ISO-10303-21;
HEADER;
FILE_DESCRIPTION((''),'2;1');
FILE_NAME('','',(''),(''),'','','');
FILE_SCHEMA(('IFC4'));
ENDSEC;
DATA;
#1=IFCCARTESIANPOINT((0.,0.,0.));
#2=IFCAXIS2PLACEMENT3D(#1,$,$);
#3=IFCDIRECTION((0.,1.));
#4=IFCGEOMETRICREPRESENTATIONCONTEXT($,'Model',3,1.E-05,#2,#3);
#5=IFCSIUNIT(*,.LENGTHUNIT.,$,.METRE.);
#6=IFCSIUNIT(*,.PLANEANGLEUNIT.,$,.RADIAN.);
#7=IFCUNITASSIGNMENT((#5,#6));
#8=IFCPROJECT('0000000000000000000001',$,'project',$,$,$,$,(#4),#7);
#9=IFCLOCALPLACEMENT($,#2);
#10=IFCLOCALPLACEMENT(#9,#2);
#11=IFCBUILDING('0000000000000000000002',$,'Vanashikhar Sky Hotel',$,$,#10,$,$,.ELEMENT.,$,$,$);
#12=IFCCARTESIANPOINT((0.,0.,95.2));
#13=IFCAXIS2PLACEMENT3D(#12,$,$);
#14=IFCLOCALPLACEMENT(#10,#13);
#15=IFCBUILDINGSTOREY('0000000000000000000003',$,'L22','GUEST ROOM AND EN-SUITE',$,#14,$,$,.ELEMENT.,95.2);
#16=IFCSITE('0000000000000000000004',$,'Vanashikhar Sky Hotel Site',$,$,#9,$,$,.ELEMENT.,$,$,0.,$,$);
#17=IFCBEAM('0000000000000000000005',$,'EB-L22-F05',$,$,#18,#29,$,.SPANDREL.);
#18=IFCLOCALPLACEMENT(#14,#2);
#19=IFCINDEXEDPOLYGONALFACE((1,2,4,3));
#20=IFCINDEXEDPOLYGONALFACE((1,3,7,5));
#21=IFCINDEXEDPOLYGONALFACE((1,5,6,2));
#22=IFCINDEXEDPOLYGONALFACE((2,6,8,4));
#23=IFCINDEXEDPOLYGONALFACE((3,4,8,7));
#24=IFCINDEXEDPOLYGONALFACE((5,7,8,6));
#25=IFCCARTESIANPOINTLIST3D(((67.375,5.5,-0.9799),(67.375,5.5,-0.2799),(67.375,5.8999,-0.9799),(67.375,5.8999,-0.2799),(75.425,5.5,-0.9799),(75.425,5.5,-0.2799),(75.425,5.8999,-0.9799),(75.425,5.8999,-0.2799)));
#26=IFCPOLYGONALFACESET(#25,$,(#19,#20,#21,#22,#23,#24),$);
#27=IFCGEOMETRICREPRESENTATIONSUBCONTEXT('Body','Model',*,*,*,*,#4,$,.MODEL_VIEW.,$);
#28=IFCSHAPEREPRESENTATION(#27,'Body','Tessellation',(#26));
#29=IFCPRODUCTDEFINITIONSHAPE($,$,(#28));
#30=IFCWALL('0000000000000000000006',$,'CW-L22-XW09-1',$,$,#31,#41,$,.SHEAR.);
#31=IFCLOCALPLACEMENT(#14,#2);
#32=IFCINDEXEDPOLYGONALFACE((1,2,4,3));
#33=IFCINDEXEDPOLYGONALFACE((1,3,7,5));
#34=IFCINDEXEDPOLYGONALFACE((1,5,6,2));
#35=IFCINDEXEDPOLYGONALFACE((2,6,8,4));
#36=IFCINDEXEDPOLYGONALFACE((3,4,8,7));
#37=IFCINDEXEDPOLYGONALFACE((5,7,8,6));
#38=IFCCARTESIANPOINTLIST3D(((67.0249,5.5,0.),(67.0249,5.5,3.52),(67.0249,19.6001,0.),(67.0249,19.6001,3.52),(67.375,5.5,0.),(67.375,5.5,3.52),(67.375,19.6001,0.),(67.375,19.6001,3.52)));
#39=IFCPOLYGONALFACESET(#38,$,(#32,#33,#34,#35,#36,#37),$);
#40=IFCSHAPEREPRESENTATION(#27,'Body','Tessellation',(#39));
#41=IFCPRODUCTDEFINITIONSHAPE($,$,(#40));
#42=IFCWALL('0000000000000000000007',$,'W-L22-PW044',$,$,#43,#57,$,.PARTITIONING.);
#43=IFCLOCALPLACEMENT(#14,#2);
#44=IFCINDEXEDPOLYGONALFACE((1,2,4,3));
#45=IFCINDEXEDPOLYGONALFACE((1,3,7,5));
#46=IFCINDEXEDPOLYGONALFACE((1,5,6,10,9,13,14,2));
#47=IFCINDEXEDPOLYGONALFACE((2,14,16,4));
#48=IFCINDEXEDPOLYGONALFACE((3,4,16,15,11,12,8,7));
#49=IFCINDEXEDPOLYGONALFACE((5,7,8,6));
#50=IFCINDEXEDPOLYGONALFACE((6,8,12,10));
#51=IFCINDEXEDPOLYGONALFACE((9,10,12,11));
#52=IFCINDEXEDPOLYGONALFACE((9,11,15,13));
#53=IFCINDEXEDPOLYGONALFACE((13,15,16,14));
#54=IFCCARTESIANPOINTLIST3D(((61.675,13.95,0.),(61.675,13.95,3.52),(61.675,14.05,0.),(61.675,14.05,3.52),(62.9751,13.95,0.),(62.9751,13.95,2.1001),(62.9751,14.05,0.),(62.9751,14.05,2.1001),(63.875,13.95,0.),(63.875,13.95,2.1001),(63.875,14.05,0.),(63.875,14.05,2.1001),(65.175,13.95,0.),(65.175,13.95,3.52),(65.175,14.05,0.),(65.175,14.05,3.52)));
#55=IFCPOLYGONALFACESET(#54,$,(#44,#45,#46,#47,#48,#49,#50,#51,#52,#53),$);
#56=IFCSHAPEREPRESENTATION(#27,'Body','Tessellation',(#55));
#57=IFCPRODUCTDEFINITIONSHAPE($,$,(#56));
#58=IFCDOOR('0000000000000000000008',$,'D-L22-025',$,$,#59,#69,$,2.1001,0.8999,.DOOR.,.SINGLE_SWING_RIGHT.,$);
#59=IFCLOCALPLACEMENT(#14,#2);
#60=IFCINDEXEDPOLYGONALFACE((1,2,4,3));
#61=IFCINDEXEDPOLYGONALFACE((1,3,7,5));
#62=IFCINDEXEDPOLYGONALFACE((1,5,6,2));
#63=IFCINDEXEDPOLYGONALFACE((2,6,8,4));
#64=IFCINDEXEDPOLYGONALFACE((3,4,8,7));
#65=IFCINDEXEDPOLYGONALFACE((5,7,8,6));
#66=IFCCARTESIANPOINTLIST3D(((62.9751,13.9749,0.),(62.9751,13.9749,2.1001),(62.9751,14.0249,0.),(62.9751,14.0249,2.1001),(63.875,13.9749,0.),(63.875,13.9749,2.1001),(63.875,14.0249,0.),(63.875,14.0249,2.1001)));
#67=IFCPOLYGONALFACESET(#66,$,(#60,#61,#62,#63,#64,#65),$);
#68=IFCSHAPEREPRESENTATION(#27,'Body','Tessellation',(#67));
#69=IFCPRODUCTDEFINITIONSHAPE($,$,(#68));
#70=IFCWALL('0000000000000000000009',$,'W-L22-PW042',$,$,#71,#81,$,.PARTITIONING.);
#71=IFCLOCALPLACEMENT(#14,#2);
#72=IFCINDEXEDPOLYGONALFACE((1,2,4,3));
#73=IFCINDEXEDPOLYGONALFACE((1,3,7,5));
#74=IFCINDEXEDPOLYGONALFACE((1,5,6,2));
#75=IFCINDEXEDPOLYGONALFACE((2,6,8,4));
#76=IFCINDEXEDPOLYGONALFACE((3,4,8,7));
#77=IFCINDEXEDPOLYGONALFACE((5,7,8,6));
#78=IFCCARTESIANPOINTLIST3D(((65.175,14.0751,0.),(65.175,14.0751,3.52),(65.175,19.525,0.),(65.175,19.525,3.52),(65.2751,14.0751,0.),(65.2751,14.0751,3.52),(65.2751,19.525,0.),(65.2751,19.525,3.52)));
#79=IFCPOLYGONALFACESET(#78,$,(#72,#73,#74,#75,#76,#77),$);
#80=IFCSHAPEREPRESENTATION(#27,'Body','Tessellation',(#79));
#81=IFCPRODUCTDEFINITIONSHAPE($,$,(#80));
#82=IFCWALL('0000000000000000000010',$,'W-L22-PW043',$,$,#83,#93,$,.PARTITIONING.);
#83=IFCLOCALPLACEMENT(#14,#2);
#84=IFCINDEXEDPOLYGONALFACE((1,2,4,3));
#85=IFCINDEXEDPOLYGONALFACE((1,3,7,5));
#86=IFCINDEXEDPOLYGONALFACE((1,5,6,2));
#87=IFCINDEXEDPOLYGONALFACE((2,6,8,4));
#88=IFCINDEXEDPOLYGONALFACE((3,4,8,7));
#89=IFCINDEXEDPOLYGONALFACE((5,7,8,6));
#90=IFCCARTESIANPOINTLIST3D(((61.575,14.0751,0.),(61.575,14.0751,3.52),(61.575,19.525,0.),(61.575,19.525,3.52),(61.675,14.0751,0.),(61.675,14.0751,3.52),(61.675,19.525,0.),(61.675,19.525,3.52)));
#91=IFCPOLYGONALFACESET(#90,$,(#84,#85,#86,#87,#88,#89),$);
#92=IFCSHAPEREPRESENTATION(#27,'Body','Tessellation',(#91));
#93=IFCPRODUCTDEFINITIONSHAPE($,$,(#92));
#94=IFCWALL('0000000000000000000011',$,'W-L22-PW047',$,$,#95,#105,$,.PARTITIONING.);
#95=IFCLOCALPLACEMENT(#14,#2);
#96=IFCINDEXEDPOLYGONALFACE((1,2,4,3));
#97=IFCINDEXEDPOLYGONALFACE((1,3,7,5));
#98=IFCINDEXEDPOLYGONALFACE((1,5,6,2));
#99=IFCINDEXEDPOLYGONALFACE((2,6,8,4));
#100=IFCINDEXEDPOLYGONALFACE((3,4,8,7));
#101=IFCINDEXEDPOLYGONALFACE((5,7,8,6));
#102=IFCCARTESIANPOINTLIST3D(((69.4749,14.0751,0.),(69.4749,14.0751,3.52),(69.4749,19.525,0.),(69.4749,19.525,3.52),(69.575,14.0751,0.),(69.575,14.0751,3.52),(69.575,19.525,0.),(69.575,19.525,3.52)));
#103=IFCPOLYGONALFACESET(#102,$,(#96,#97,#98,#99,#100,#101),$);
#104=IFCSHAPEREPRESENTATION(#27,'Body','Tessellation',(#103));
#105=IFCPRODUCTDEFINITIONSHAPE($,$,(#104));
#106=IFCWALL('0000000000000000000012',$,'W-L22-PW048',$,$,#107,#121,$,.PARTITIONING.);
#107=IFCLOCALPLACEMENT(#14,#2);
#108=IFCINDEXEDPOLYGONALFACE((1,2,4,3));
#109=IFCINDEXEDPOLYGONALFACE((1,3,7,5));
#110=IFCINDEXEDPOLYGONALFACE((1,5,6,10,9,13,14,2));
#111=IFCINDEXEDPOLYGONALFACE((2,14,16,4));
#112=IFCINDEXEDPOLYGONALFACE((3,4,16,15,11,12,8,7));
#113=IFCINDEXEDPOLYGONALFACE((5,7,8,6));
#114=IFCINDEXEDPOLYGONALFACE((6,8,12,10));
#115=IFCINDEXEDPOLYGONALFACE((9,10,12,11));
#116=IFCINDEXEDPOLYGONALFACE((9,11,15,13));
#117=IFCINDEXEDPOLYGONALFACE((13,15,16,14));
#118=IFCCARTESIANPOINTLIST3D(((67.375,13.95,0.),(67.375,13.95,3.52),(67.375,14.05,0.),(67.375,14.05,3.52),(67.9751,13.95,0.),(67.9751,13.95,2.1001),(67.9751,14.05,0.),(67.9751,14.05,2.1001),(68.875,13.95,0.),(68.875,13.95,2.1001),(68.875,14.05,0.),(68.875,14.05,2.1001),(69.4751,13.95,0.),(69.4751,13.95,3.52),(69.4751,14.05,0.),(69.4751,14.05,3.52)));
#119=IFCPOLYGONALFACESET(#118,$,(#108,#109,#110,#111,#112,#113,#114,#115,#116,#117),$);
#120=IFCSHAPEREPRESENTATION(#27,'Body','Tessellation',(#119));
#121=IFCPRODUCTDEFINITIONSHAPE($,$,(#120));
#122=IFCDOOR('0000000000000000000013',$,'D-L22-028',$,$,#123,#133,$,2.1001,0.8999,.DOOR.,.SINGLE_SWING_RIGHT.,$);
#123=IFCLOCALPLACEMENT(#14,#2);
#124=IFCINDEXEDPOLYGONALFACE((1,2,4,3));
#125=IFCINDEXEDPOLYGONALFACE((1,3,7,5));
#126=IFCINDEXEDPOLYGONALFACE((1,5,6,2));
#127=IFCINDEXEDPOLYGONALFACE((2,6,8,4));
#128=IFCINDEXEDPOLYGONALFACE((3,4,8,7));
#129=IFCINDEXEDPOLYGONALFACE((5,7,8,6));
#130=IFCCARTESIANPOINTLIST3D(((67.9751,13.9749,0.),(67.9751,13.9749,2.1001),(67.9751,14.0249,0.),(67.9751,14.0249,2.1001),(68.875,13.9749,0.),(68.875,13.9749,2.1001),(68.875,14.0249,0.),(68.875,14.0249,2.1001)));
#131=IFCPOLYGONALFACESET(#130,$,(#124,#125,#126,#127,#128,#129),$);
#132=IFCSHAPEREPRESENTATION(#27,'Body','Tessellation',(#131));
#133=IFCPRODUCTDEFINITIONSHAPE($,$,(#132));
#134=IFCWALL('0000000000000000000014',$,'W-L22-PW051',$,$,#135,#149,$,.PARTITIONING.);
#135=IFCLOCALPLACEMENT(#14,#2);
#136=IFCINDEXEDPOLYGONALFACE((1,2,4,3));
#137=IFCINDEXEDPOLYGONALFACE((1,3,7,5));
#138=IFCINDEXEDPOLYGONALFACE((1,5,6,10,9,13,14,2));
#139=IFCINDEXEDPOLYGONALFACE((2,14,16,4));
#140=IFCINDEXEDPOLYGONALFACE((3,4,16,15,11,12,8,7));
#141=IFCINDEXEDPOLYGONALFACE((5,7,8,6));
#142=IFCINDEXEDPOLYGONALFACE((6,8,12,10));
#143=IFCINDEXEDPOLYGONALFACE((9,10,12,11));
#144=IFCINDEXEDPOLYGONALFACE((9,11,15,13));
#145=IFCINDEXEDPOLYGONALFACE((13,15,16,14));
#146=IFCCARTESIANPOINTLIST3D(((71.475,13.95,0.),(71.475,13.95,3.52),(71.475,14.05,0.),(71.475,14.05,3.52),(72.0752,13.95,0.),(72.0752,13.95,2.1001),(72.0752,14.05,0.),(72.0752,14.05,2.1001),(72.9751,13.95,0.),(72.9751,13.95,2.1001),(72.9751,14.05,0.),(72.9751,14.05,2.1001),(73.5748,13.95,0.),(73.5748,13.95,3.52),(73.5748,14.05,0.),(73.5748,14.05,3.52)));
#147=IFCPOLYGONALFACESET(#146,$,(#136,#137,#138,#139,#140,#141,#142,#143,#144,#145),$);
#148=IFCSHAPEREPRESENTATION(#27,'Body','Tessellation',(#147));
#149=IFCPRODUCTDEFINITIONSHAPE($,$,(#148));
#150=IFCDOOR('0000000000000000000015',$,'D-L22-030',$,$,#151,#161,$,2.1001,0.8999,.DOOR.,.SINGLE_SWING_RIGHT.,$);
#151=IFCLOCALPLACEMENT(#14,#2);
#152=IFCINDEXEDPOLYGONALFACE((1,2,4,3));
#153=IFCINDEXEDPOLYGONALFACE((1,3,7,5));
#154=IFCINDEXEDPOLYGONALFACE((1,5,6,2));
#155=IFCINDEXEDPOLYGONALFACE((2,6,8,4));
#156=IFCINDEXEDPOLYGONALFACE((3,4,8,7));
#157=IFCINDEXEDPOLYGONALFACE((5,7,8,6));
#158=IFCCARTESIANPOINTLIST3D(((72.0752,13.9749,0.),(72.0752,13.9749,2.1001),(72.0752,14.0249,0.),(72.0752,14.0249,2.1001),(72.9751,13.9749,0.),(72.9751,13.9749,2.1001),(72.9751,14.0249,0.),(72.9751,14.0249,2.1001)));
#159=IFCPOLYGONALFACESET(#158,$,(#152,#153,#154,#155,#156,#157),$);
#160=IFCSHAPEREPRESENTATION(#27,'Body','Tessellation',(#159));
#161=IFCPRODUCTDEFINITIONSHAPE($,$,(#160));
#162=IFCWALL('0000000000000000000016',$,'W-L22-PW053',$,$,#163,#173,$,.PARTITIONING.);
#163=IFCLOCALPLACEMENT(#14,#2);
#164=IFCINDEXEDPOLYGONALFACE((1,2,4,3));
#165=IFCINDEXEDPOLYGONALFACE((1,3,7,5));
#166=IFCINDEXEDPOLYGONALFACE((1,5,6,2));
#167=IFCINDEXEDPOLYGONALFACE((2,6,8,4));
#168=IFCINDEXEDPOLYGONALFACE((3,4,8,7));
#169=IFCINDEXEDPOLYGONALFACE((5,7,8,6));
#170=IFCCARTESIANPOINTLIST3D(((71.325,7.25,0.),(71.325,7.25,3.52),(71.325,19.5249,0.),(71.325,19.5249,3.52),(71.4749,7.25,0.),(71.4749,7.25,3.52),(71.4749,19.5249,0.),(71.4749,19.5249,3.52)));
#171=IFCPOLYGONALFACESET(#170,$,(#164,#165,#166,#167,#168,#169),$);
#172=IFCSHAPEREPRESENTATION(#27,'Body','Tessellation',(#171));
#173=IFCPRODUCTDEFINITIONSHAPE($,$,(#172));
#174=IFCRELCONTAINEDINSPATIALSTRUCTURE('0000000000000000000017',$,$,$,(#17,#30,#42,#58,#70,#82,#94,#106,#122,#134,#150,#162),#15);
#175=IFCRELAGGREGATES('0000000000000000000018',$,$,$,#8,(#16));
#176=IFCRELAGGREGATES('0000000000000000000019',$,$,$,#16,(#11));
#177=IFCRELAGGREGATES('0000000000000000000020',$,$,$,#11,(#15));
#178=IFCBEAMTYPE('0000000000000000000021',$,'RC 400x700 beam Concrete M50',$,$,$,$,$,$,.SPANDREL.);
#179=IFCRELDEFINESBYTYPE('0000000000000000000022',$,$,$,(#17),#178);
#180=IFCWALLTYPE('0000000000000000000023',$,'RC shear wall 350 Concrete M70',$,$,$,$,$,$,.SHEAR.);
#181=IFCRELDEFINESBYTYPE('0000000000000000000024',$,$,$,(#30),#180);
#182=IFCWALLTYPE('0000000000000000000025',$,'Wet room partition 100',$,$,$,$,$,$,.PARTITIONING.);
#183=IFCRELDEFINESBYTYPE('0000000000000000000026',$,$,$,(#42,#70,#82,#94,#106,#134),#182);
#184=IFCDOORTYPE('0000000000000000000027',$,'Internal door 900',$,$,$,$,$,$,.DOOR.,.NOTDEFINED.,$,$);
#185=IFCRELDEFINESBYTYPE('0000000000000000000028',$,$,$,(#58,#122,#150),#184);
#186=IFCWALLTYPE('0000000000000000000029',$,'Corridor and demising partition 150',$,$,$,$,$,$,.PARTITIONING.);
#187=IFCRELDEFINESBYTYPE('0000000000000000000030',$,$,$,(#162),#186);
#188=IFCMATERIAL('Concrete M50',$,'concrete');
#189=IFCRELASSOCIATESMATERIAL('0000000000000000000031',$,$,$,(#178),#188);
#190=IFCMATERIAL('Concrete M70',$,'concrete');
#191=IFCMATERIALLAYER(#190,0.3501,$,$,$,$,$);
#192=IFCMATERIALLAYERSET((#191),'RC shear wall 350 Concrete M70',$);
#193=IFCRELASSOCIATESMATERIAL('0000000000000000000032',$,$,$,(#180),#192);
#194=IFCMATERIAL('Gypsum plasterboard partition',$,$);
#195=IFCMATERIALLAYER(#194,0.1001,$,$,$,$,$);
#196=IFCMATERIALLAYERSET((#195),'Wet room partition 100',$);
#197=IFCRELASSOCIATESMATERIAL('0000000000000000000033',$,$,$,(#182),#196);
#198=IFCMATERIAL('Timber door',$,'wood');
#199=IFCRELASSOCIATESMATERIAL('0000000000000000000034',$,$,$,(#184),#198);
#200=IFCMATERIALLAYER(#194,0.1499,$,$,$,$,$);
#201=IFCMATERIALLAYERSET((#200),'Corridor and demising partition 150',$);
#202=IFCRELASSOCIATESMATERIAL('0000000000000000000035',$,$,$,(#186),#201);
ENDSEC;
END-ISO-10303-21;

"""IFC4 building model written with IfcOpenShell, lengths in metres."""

from ifc_helpers import new_model, si_unit, direction, frame, frame_2d, origin, origin_2d, place, context, subcontext, project, spatial, rectangle, extrude, source, transform, mapped, material, layer, layer_set, material_profile, profile_set, type_object, element, fill, save


model = new_model("IFC4")

# Units and contexts
model_context = context("Model", 3, precision=1e-05, world=origin(), true_north=direction((0.0, 1.0)))
body_context = subcontext(model_context, "Body", "Model", "MODEL_VIEW")
ifc_project = project(units=[si_unit("LENGTHUNIT", "METRE"), si_unit("PLANEANGLEUNIT", "RADIAN")], contexts=[model_context])

# Site, building, storey
site_placement = place(None, origin())
site = spatial("IfcSite", under=ifc_project, at=site_placement, Name="Vanashikhar Sky Hotel Site", CompositionType="ELEMENT", RefElevation=0.0)
building_placement = place(site_placement, origin())
building = spatial("IfcBuilding", under=site, at=building_placement, Name="Vanashikhar Sky Hotel", CompositionType="ELEMENT")
storey_placement = place(building_placement, frame((0.0, 0.0, 95.2)))
storey = spatial("IfcBuildingStorey", under=building, at=storey_placement, Name="L22", Description="GUEST ROOM AND EN-SUITE", CompositionType="ELEMENT", Elevation=95.2)

# Beam
ifc_material_1 = material(Name="Concrete M50", Category="concrete")
ifc_material_profile = material_profile(ifc_material_1, rectangle(XDim=0.3999, YDim=0.7, at=origin_2d()))
ifc_profile_set = profile_set([ifc_material_profile], Name="RC 400x700 beam Concrete M50")
beam_type = type_object("IfcBeamType", Name="RC 400x700 beam Concrete M50", PredefinedType="SPANDREL", material=ifc_profile_set)
shared_shape_1 = source(origin(), body_context, "Body", "SweptSolid", [
    extrude(rectangle(XDim=0.3999, YDim=0.7, at=origin_2d()), origin(), (0.0, 0.0, 1.0), 8.05),
])
beam_placement = place(storey_placement, frame((67.375, 5.7, -0.6299), z_axis=(1.0, 0.0, 0.0), x_axis=(0.0, 1.0, 0.0)))
element("IfcBeam", 1, at=beam_placement, inside=storey, type_object=beam_type, Name="EB-L22-F05", PredefinedType="SPANDREL", context=body_context, shape_type="MappedRepresentation", body=[
    mapped(shared_shape_1, transform((0.0, 0.0, 0.0), scale=1.0)),
])

# Wall
ifc_material_2 = material(Name="Concrete M70", Category="concrete")
ifc_layer_1 = layer(ifc_material_2, 0.3501)
ifc_layer_set_1 = layer_set([ifc_layer_1], Name="RC shear wall 350 Concrete M70")
wall_type_1 = type_object("IfcWallType", Name="RC shear wall 350 Concrete M70", PredefinedType="SHEAR", material=ifc_layer_set_1)
shared_shape_2 = source(origin(), body_context, "Body", "SweptSolid", [
    extrude(rectangle(XDim=14.1001, YDim=0.3501, at=frame_2d((7.05, 0.0))), origin(), (0.0, 0.0, 1.0), 3.52),
])
wall_1_placement = place(storey_placement, frame((67.2, 5.5, 0.0), z_axis=(0.0, 0.0, 1.0), x_axis=(0.0, 1.0, 0.0)))
element("IfcWall", 2, at=wall_1_placement, inside=storey, type_object=wall_type_1, Name="CW-L22-XW09-1", PredefinedType="SHEAR", context=body_context, shape_type="MappedRepresentation", body=[
    mapped(shared_shape_2, transform((0.0, 0.0, 0.0), scale=1.0)),
])

# Wall, opening, door
ifc_material_3 = material(Name="Gypsum plasterboard partition")
ifc_layer_2 = layer(ifc_material_3, 0.1001)
ifc_layer_set_2 = layer_set([ifc_layer_2], Name="Wet room partition 100")
wall_type_2 = type_object("IfcWallType", Name="Wet room partition 100", PredefinedType="PARTITIONING", material=ifc_layer_set_2)
shared_shape_3 = source(origin(), body_context, "Body", "SweptSolid", [
    extrude(rectangle(XDim=3.5, YDim=0.1001, at=frame_2d((1.75, 0.0))), origin(), (0.0, 0.0, 1.0), 3.52),
])
wall_2_placement = place(storey_placement, frame((61.675, 14.0, 0.0), z_axis=(0.0, 0.0, 1.0), x_axis=(1.0, 0.0, 0.0)))
wall_2 = element("IfcWall", 3, at=wall_2_placement, inside=storey, type_object=wall_type_2, Name="W-L22-PW044", PredefinedType="PARTITIONING", context=body_context, shape_type="MappedRepresentation", body=[
    mapped(shared_shape_3, transform((0.0, 0.0, 0.0), scale=1.0)),
])
shared_shape_4 = source(origin(), body_context, "Body", "SweptSolid", [
    extrude(rectangle(XDim=0.8999, YDim=2.1001, at=frame_2d((0.45, 1.05))), frame((0.0, 0.0601, 0.0), z_axis=(0.0, -1.0, 0.0), x_axis=(1.0, 0.0, 0.0)), (0.0, 0.0, 1.0), 0.1201),
])
opening_1_placement = place(wall_2_placement, frame((1.3, 0.0, 0.0)))
opening_1 = element("IfcOpeningElement", 4, at=opening_1_placement, cuts=wall_2, PredefinedType="OPENING", context=body_context, shape_type="MappedRepresentation", body=[
    mapped(shared_shape_4, transform((0.0, 0.0, 0.0), scale=1.0)),
])
ifc_material_4 = material(Name="Timber door", Category="wood")
door_type_1 = type_object("IfcDoorType", Name="Internal door 900", OperationType="NOTDEFINED", PredefinedType="DOOR", material=ifc_material_4)
shared_shape_5 = source(origin(), body_context, "Body", "SweptSolid", [
    extrude(rectangle(XDim=0.8999, YDim=2.1001, at=frame_2d((0.45, 1.05))), frame((0.0, 0.0249, 0.0), z_axis=(0.0, -1.0, 0.0), x_axis=(1.0, 0.0, 0.0)), (0.0, 0.0, 1.0), 0.05),
])
door_1_placement = place(opening_1_placement, origin())
door_1 = element("IfcDoor", 5, at=door_1_placement, inside=storey, type_object=door_type_1, Name="D-L22-025", OperationType="SINGLE_SWING_RIGHT", OverallHeight=2.1001, OverallWidth=0.8999, PredefinedType="DOOR", context=body_context, shape_type="MappedRepresentation", body=[
    mapped(shared_shape_5, transform((0.0, 0.0, 0.0), scale=1.0)),
])
fill(opening_1, door_1)

# Walls
shared_shape_6 = source(origin(), body_context, "Body", "SweptSolid", [
    extrude(rectangle(XDim=5.45, YDim=0.1001, at=frame_2d((2.7251, 0.0))), origin(), (0.0, 0.0, 1.0), 3.52),
])
for number, where, z_axis, x_axis, name in (
    (6, (65.2251, 14.075, 0.0), (0.0, 0.0, 1.0), (0.0, 1.0, 0.0), "W-L22-PW042"),
    (7, (61.625, 14.075, 0.0), (0.0, 0.0, 1.0), (0.0, 1.0, 0.0), "W-L22-PW043"),
    (8, (69.5249, 14.075, 0.0), (0.0, 0.0, 1.0), (0.0, 1.0, 0.0), "W-L22-PW047"),
):
    element("IfcWall", number, at=place(storey_placement, frame(where, z_axis=z_axis, x_axis=x_axis)), inside=storey, type_object=wall_type_2, Name=name, PredefinedType="PARTITIONING", context=body_context, shape_type="MappedRepresentation", body=[
        mapped(shared_shape_6, transform((0.0, 0.0, 0.0), scale=1.0)),
    ])

# Walls, openings, doors
shared_shape_7 = source(origin(), body_context, "Body", "SweptSolid", [
    extrude(rectangle(XDim=2.1001, YDim=0.1001, at=frame_2d((1.05, 0.0))), origin(), (0.0, 0.0, 1.0), 3.52),
])
wall_3_placement = place(storey_placement, frame((67.375, 14.0, 0.0), z_axis=(0.0, 0.0, 1.0), x_axis=(1.0, 0.0, 0.0)))
wall_3 = element("IfcWall", 9, at=wall_3_placement, inside=storey, type_object=wall_type_2, Name="W-L22-PW048", PredefinedType="PARTITIONING", context=body_context, shape_type="MappedRepresentation", body=[
    mapped(shared_shape_7, transform((0.0, 0.0, 0.0), scale=1.0)),
])
opening_2_placement = place(wall_3_placement, frame((0.6001, 0.0, 0.0)))
opening_2 = element("IfcOpeningElement", 10, at=opening_2_placement, cuts=wall_3, PredefinedType="OPENING", context=body_context, shape_type="MappedRepresentation", body=[
    mapped(shared_shape_4, transform((0.0, 0.0, 0.0), scale=1.0)),
])
door_2_placement = place(opening_2_placement, origin())
door_2 = element("IfcDoor", 11, at=door_2_placement, inside=storey, type_object=door_type_1, Name="D-L22-028", OperationType="SINGLE_SWING_RIGHT", OverallHeight=2.1001, OverallWidth=0.8999, PredefinedType="DOOR", context=body_context, shape_type="MappedRepresentation", body=[
    mapped(shared_shape_5, transform((0.0, 0.0, 0.0), scale=1.0)),
])
fill(opening_2, door_2)
shared_shape_8 = source(origin(), body_context, "Body", "SweptSolid", [
    extrude(rectangle(XDim=2.0999, YDim=0.1001, at=frame_2d((1.0498, 0.0))), origin(), (0.0, 0.0, 1.0), 3.52),
])
wall_4_placement = place(storey_placement, frame((71.4751, 14.0, 0.0), z_axis=(0.0, 0.0, 1.0), x_axis=(1.0, 0.0, 0.0)))
wall_4 = element("IfcWall", 12, at=wall_4_placement, inside=storey, type_object=wall_type_2, Name="W-L22-PW051", PredefinedType="PARTITIONING", context=body_context, shape_type="MappedRepresentation", body=[
    mapped(shared_shape_8, transform((0.0, 0.0, 0.0), scale=1.0)),
])
opening_3_placement = place(wall_4_placement, frame((0.6001, 0.0, 0.0)))
opening_3 = element("IfcOpeningElement", 13, at=opening_3_placement, cuts=wall_4, PredefinedType="OPENING", context=body_context, shape_type="MappedRepresentation", body=[
    mapped(shared_shape_4, transform((0.0, 0.0, 0.0), scale=1.0)),
])
door_3_placement = place(opening_3_placement, origin())
door_3 = element("IfcDoor", 14, at=door_3_placement, inside=storey, type_object=door_type_1, Name="D-L22-030", OperationType="SINGLE_SWING_RIGHT", OverallHeight=2.1001, OverallWidth=0.8999, PredefinedType="DOOR", context=body_context, shape_type="MappedRepresentation", body=[
    mapped(shared_shape_5, transform((0.0, 0.0, 0.0), scale=1.0)),
])
fill(opening_3, door_3)

# Wall
ifc_layer_3 = layer(ifc_material_3, 0.1499)
ifc_layer_set_3 = layer_set([ifc_layer_3], Name="Corridor and demising partition 150")
wall_type_3 = type_object("IfcWallType", Name="Corridor and demising partition 150", PredefinedType="PARTITIONING", material=ifc_layer_set_3)
shared_shape_9 = source(origin(), body_context, "Body", "SweptSolid", [
    extrude(rectangle(XDim=12.2749, YDim=0.1499, at=frame_2d((6.1375, 0.0))), origin(), (0.0, 0.0, 1.0), 3.52),
])
wall_5_placement = place(storey_placement, frame((71.3999, 7.25, 0.0), z_axis=(0.0, 0.0, 1.0), x_axis=(0.0, 1.0, 0.0)))
element("IfcWall", 15, at=wall_5_placement, inside=storey, type_object=wall_type_3, Name="W-L22-PW053", PredefinedType="PARTITIONING", context=body_context, shape_type="MappedRepresentation", body=[
    mapped(shared_shape_9, transform((0.0, 0.0, 0.0), scale=1.0)),
])

save(model, "model.ifc")
